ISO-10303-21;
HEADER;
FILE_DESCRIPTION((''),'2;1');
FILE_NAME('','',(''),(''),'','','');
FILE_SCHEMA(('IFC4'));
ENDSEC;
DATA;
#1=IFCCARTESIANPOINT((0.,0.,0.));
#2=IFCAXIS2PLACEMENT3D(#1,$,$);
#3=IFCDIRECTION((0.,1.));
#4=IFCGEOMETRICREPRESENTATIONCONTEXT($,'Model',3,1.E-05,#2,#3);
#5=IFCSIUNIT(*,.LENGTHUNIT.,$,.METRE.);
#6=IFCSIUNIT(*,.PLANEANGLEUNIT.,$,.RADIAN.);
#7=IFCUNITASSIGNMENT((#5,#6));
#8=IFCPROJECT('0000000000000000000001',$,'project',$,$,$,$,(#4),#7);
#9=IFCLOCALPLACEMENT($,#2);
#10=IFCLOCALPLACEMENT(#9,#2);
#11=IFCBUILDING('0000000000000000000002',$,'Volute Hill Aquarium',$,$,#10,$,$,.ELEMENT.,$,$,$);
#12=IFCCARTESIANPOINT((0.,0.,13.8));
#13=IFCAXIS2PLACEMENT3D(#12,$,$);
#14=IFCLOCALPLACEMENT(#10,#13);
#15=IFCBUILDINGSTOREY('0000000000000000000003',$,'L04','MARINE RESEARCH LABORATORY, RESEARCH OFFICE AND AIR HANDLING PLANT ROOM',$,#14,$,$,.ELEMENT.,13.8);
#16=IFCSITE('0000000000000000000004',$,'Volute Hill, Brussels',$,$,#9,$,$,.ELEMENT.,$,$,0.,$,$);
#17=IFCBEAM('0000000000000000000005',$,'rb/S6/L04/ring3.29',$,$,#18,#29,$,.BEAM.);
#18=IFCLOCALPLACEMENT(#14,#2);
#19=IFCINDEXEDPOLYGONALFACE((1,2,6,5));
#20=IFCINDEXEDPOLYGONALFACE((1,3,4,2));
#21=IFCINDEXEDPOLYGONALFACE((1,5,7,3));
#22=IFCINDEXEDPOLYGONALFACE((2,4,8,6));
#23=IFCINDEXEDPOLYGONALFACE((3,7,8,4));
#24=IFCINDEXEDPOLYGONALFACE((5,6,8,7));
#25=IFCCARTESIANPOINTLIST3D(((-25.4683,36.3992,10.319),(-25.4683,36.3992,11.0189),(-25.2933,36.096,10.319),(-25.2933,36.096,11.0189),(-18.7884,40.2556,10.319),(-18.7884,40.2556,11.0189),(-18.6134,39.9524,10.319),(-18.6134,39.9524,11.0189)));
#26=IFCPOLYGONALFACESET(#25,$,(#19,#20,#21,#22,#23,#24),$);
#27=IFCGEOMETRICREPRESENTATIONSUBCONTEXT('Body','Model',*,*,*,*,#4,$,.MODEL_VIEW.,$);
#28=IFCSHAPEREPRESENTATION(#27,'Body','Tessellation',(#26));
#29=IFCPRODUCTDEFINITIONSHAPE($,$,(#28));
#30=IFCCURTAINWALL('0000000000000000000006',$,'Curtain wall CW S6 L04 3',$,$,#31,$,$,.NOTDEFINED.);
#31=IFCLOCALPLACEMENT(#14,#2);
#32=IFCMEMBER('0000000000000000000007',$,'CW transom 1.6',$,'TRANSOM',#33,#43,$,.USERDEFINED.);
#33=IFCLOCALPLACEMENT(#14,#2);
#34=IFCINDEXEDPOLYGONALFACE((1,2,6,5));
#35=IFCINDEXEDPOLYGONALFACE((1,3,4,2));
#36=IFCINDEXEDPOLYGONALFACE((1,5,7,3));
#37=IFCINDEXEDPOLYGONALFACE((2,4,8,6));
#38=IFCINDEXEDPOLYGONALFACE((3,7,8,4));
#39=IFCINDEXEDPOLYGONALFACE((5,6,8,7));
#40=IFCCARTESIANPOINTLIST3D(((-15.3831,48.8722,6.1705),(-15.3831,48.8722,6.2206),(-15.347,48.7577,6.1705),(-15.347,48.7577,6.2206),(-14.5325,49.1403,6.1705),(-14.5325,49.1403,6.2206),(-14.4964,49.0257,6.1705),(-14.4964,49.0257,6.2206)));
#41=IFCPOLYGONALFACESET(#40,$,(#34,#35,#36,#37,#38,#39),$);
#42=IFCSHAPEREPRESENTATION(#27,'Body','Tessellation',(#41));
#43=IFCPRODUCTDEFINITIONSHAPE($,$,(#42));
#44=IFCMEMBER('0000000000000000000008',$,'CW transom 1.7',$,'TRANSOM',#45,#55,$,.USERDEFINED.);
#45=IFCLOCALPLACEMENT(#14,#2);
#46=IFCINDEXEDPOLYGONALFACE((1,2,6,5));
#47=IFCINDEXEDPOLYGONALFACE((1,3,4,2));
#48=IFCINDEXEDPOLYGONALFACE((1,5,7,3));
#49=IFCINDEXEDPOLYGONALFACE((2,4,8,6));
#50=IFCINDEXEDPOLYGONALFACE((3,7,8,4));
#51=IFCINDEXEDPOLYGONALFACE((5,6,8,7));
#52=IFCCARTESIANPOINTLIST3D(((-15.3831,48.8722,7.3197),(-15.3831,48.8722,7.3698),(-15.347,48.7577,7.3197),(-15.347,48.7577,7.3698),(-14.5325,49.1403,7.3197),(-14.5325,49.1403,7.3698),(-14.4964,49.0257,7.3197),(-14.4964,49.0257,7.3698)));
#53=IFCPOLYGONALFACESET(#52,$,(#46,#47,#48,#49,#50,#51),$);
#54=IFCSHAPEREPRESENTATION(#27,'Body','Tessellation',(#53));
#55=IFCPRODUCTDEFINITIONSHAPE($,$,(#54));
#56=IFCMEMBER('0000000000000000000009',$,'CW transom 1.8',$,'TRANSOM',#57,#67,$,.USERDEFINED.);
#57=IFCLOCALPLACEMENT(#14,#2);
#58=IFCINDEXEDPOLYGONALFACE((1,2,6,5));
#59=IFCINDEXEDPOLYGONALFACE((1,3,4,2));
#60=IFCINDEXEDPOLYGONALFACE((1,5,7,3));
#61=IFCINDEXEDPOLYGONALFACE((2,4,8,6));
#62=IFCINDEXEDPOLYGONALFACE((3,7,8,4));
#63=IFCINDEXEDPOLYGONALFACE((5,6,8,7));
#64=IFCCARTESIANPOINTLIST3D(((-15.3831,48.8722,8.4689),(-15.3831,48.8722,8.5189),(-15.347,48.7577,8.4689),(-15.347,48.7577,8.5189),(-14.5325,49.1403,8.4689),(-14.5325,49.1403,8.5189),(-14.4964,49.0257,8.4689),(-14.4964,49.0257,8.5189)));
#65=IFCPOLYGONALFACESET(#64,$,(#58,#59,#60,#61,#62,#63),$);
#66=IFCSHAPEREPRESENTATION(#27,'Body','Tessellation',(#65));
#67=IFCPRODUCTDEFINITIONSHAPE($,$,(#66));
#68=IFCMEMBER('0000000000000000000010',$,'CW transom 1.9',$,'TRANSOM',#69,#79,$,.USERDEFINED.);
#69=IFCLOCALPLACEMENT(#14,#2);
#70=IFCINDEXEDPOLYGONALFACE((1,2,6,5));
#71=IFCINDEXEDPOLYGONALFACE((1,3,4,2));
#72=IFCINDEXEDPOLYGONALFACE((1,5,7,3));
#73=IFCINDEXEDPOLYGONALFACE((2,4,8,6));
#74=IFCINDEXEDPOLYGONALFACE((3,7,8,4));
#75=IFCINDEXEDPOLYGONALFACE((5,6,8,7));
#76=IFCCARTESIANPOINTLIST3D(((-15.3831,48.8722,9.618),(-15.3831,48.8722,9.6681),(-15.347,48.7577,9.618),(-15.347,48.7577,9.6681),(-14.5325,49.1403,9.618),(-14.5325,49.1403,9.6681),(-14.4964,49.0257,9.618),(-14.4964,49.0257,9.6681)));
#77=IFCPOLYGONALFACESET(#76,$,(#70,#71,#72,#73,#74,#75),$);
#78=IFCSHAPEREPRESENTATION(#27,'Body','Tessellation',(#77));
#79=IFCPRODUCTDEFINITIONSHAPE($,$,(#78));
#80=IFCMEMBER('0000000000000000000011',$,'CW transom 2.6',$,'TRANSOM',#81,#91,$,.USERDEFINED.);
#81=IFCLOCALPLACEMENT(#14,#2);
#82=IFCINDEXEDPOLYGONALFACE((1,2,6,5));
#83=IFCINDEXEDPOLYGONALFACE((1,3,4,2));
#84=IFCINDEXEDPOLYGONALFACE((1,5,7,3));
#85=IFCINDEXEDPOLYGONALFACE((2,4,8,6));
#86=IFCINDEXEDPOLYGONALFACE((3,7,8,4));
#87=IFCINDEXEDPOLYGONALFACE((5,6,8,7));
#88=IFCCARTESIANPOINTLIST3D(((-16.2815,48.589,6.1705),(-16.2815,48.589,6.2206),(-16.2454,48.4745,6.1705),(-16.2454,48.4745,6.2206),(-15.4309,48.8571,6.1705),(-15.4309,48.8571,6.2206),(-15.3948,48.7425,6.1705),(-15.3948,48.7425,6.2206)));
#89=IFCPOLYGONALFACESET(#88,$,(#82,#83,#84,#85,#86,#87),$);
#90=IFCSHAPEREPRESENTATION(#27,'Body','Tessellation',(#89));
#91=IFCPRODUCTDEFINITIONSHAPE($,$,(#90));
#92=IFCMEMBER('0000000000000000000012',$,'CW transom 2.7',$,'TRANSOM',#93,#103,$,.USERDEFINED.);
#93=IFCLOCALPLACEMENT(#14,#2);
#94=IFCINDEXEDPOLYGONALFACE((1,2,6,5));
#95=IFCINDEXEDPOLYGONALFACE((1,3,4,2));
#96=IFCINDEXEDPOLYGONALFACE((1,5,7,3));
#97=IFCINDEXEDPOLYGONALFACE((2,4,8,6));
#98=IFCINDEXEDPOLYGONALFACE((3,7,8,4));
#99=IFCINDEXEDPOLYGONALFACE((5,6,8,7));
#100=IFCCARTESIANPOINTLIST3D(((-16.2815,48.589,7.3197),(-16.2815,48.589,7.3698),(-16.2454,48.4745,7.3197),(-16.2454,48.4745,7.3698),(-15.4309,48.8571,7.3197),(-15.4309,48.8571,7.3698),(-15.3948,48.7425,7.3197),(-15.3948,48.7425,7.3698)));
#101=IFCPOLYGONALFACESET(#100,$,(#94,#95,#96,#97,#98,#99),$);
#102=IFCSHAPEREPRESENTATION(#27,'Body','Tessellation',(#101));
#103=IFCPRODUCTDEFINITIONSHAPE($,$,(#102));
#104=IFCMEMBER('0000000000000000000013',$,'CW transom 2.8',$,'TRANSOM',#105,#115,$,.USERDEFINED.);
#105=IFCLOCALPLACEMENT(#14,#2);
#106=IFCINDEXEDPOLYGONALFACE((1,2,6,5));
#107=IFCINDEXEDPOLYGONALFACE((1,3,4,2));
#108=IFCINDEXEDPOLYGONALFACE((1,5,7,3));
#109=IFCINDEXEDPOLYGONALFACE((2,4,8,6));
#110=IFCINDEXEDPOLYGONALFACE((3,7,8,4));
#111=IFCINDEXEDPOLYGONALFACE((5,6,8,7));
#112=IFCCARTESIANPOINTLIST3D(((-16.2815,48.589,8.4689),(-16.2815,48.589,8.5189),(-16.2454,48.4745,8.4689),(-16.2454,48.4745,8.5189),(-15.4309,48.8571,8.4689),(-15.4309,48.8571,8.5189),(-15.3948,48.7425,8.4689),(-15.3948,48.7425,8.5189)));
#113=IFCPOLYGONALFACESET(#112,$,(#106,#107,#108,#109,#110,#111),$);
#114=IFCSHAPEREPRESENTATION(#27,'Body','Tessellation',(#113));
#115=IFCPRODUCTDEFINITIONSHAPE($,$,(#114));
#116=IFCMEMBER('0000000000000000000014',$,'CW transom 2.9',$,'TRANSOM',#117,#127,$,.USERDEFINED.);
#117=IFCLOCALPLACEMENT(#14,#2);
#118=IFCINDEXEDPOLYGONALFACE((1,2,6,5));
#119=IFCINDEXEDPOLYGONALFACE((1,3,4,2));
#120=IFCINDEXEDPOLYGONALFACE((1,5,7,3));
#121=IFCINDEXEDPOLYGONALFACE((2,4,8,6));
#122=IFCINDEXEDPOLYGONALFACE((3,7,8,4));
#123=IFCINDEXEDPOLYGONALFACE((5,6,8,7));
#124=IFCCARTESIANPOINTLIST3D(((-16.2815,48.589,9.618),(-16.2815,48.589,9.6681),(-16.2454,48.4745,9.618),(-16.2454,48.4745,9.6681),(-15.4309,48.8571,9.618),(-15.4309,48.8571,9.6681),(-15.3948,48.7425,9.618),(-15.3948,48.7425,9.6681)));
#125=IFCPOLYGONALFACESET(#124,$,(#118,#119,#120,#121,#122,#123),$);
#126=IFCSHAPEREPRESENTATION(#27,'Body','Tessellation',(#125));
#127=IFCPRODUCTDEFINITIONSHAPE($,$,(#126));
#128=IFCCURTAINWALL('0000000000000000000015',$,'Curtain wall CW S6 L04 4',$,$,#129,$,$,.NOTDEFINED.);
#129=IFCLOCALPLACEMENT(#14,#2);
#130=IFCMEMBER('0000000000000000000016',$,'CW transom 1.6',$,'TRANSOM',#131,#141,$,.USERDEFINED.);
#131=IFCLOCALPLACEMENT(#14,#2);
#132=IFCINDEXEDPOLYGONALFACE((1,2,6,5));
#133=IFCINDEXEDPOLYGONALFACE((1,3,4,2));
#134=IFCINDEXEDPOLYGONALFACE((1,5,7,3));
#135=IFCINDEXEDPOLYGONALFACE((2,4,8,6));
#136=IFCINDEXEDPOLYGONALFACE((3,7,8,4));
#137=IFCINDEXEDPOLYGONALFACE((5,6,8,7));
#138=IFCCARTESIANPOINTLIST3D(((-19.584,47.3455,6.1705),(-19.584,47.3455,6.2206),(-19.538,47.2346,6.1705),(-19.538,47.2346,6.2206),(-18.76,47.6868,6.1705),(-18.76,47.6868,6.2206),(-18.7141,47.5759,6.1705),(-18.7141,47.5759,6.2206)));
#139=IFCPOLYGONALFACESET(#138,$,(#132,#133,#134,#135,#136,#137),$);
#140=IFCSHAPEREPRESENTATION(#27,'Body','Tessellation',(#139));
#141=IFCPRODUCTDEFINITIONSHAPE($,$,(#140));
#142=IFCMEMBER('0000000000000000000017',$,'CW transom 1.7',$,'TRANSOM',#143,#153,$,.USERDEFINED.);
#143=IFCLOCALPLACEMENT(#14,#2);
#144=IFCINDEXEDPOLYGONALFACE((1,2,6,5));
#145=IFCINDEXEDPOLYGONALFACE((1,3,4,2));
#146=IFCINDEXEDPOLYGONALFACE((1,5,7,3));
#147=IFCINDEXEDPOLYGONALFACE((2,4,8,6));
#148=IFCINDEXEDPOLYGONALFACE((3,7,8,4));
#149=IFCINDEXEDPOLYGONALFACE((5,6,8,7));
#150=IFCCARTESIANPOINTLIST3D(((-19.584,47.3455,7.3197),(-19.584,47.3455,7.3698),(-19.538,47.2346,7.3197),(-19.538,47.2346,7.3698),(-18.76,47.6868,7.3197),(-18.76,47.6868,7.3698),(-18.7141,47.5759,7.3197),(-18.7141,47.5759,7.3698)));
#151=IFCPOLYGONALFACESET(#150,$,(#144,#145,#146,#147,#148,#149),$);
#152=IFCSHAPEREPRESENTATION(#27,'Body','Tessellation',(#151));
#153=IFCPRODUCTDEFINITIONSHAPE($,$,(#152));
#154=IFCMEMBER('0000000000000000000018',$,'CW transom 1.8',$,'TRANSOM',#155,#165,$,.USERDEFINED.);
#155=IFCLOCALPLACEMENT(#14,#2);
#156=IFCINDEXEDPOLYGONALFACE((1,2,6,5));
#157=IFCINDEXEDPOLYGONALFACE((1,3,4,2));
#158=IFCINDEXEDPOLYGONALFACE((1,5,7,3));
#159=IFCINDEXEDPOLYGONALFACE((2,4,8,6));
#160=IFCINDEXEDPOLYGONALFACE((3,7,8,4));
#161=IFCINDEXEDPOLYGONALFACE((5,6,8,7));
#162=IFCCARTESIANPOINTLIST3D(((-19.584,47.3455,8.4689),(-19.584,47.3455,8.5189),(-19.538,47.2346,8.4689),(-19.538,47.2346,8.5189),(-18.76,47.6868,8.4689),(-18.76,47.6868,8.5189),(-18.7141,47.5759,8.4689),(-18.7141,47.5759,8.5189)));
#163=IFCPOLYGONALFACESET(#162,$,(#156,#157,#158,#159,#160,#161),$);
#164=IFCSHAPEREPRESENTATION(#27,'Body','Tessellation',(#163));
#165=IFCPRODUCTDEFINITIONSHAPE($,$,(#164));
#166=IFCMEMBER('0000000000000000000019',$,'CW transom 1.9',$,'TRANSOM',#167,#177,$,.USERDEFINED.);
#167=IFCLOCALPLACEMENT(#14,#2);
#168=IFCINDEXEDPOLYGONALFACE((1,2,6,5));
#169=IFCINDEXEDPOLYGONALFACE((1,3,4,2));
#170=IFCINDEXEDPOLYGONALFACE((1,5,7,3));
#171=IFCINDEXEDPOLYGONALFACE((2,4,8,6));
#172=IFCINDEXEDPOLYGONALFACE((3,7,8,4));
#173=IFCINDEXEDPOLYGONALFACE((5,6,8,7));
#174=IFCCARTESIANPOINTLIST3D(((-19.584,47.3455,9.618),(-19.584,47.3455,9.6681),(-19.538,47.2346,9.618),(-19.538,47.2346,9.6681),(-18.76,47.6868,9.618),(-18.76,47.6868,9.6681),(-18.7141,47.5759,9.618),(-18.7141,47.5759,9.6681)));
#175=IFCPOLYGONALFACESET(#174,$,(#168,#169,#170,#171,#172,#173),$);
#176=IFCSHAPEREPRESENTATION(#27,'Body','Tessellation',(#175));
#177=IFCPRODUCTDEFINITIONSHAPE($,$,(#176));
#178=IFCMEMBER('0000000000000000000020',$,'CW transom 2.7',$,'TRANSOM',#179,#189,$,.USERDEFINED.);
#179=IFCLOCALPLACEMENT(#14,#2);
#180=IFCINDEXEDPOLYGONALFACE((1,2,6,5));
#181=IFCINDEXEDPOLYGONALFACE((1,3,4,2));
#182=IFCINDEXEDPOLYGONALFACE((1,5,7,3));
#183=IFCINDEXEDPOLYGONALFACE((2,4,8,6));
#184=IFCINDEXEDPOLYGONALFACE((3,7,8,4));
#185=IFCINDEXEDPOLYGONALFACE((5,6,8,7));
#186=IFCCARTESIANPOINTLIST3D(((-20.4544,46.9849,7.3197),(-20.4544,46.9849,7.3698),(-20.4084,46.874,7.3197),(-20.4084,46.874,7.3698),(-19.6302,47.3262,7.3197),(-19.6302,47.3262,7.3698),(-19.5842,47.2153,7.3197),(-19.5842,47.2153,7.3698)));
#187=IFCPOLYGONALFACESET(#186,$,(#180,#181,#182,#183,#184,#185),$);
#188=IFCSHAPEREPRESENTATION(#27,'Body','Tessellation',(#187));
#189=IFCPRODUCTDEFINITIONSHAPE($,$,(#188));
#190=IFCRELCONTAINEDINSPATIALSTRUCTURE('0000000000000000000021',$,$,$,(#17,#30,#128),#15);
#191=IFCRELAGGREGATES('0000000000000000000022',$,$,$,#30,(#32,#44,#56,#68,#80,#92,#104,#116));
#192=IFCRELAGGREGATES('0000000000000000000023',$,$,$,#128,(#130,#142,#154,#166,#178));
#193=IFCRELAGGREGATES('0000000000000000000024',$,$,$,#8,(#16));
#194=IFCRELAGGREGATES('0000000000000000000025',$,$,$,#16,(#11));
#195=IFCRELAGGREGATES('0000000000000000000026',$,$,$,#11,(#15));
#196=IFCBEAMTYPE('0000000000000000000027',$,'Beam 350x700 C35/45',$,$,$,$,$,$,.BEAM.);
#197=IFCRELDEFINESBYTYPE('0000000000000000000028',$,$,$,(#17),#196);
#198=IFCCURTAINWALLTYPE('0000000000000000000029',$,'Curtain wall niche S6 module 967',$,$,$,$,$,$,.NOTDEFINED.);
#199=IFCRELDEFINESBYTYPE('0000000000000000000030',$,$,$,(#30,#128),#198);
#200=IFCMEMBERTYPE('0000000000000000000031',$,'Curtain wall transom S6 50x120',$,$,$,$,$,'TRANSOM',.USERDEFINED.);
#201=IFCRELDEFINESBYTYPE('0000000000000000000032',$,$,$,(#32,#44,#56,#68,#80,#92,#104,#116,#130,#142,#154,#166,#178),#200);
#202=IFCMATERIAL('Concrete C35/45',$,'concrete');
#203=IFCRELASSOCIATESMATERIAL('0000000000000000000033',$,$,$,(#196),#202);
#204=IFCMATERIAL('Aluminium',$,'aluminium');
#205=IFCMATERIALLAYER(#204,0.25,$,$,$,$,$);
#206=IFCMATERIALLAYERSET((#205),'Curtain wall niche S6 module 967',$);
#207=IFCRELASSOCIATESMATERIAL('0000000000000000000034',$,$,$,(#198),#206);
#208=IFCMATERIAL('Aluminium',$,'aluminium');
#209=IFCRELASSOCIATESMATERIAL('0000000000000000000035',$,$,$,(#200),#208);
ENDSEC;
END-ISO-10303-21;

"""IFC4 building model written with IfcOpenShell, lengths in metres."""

from ifc_helpers import new_model, si_unit, direction, frame, origin, origin_2d, place, context, subcontext, project, spatial, rectangle, extrude, material, layer, layer_set, material_profile, profile_set, type_object, element, aggregate, save


model = new_model("IFC4")

# Units and contexts
model_context = context("Model", 3, precision=1e-05, world=origin(), true_north=direction((0.0, 1.0)))
body_context = subcontext(model_context, "Body", "Model", "MODEL_VIEW")
ifc_project = project(units=[si_unit("LENGTHUNIT", "METRE"), si_unit("PLANEANGLEUNIT", "RADIAN")], contexts=[model_context])

# Site, building, storey
site_placement = place(None, origin())
site = spatial("IfcSite", under=ifc_project, at=site_placement, Name="Volute Hill, Brussels", CompositionType="ELEMENT", RefElevation=0.0)
building_placement = place(site_placement, origin())
building = spatial("IfcBuilding", under=site, at=building_placement, Name="Volute Hill Aquarium", CompositionType="ELEMENT")
storey_placement = place(building_placement, frame((0.0, 0.0, 13.8)))
storey = spatial("IfcBuildingStorey", under=building, at=storey_placement, Name="L04", Description="MARINE RESEARCH LABORATORY, RESEARCH OFFICE AND AIR HANDLING PLANT ROOM", CompositionType="ELEMENT", Elevation=13.8)

# Beam
ifc_material_1 = material(Name="Concrete C35/45", Category="concrete")
ifc_material_profile_1 = material_profile(ifc_material_1, rectangle(XDim=0.3501, YDim=0.7, at=origin_2d()), Name="RC beam 350x700")
ifc_profile_set_1 = profile_set([ifc_material_profile_1], Name="Concrete C35/45")
beam_type_1 = type_object("IfcBeamType", Name="Beam 350x700 C35/45", PredefinedType="BEAM", material=ifc_profile_set_1)
beam_1_placement = place(storey_placement, frame((-18.7009, 40.104, 10.6689), z_axis=(-0.866037, -0.499979, 0.0), x_axis=(0.499979, -0.866037, 0.0)))
element("IfcBeam", 1, at=beam_1_placement, inside=storey, type_object=beam_type_1, Name="rb/S6/L04/ring3.29", PredefinedType="BEAM", context=body_context, shape_type="SweptSolid", body=[
    extrude(rectangle(XDim=0.3501, YDim=0.7, at=origin_2d()), origin(), (0.0, 0.0, 1.0), 7.7131),
])

# Curtain walls, members
ifc_material_2 = material(Name="Aluminium", Category="aluminium")
ifc_layer_1 = layer(ifc_material_2, 0.25)
ifc_layer_set_1 = layer_set([ifc_layer_1], Name="Curtain wall niche S6 module 967")
curtain_wall_type = type_object("IfcCurtainWallType", Name="Curtain wall niche S6 module 967", PredefinedType="NOTDEFINED", material=ifc_layer_set_1)
curtain_wall_1_placement = place(storey_placement, origin())
curtain_wall_1 = element("IfcCurtainWall", 2, at=curtain_wall_1_placement, inside=storey, type_object=curtain_wall_type, Name="Curtain wall CW S6 L04 3", PredefinedType="NOTDEFINED")
ifc_material_3 = material(Name="Aluminium", Category="aluminium")
ifc_material_profile_2 = material_profile(ifc_material_3, rectangle(XDim=0.1201, YDim=0.05, at=origin_2d()), Name="Curtain wall transom S6 50x120")
ifc_profile_set_2 = profile_set([ifc_material_profile_2], Name="Aluminium")
member_type = type_object("IfcMemberType", Name="Curtain wall transom S6 50x120", ElementType="TRANSOM", PredefinedType="USERDEFINED", material=ifc_profile_set_2)
member_1_placement = place(storey_placement, frame((-14.5144, 49.083, 6.1956), z_axis=(-0.953756, -0.300581, 0.0), x_axis=(0.300581, -0.953756, 0.0)))
member_1 = element("IfcMember", 3, at=member_1_placement, type_object=member_type, Name="CW transom 1.6", ObjectType="TRANSOM", PredefinedType="USERDEFINED", context=body_context, shape_type="SweptSolid", body=[
    extrude(rectangle(XDim=0.1201, YDim=0.05, at=origin_2d()), origin(), (0.0, 0.0, 1.0), 0.8918),
])
member_2_placement = place(storey_placement, frame((-14.5144, 49.083, 7.3447), z_axis=(-0.953756, -0.300581, 0.0), x_axis=(0.300581, -0.953756, 0.0)))
member_2 = element("IfcMember", 4, at=member_2_placement, type_object=member_type, Name="CW transom 1.7", ObjectType="TRANSOM", PredefinedType="USERDEFINED", context=body_context, shape_type="SweptSolid", body=[
    extrude(rectangle(XDim=0.1201, YDim=0.05, at=origin_2d()), origin(), (0.0, 0.0, 1.0), 0.8918),
])
member_3_placement = place(storey_placement, frame((-14.5144, 49.083, 8.4939), z_axis=(-0.953756, -0.300581, 0.0), x_axis=(0.300581, -0.953756, 0.0)))
member_3 = element("IfcMember", 5, at=member_3_placement, type_object=member_type, Name="CW transom 1.8", ObjectType="TRANSOM", PredefinedType="USERDEFINED", context=body_context, shape_type="SweptSolid", body=[
    extrude(rectangle(XDim=0.1201, YDim=0.05, at=origin_2d()), origin(), (0.0, 0.0, 1.0), 0.8918),
])
member_4_placement = place(storey_placement, frame((-14.5144, 49.083, 9.6431), z_axis=(-0.953756, -0.300581, 0.0), x_axis=(0.300581, -0.953756, 0.0)))
member_4 = element("IfcMember", 6, at=member_4_placement, type_object=member_type, Name="CW transom 1.9", ObjectType="TRANSOM", PredefinedType="USERDEFINED", context=body_context, shape_type="SweptSolid", body=[
    extrude(rectangle(XDim=0.1201, YDim=0.05, at=origin_2d()), origin(), (0.0, 0.0, 1.0), 0.8918),
])
member_5_placement = place(storey_placement, frame((-15.4128, 48.7998, 6.1956), z_axis=(-0.953756, -0.300581, 0.0), x_axis=(0.300581, -0.953756, 0.0)))
member_5 = element("IfcMember", 7, at=member_5_placement, type_object=member_type, Name="CW transom 2.6", ObjectType="TRANSOM", PredefinedType="USERDEFINED", context=body_context, shape_type="SweptSolid", body=[
    extrude(rectangle(XDim=0.1201, YDim=0.05, at=origin_2d()), origin(), (0.0, 0.0, 1.0), 0.8918),
])
member_6_placement = place(storey_placement, frame((-15.4128, 48.7998, 7.3447), z_axis=(-0.953756, -0.300581, 0.0), x_axis=(0.300581, -0.953756, 0.0)))
member_6 = element("IfcMember", 8, at=member_6_placement, type_object=member_type, Name="CW transom 2.7", ObjectType="TRANSOM", PredefinedType="USERDEFINED", context=body_context, shape_type="SweptSolid", body=[
    extrude(rectangle(XDim=0.1201, YDim=0.05, at=origin_2d()), origin(), (0.0, 0.0, 1.0), 0.8918),
])
member_7_placement = place(storey_placement, frame((-15.4128, 48.7998, 8.4939), z_axis=(-0.953756, -0.300581, 0.0), x_axis=(0.300581, -0.953756, 0.0)))
member_7 = element("IfcMember", 9, at=member_7_placement, type_object=member_type, Name="CW transom 2.8", ObjectType="TRANSOM", PredefinedType="USERDEFINED", context=body_context, shape_type="SweptSolid", body=[
    extrude(rectangle(XDim=0.1201, YDim=0.05, at=origin_2d()), origin(), (0.0, 0.0, 1.0), 0.8918),
])
member_8_placement = place(storey_placement, frame((-15.4128, 48.7998, 9.6431), z_axis=(-0.953756, -0.300581, 0.0), x_axis=(0.300581, -0.953756, 0.0)))
member_8 = element("IfcMember", 10, at=member_8_placement, type_object=member_type, Name="CW transom 2.9", ObjectType="TRANSOM", PredefinedType="USERDEFINED", context=body_context, shape_type="SweptSolid", body=[
    extrude(rectangle(XDim=0.1201, YDim=0.05, at=origin_2d()), origin(), (0.0, 0.0, 1.0), 0.8918),
])
curtain_wall_2_placement = place(storey_placement, origin())
curtain_wall_2 = element("IfcCurtainWall", 11, at=curtain_wall_2_placement, inside=storey, type_object=curtain_wall_type, Name="Curtain wall CW S6 L04 4", PredefinedType="NOTDEFINED")
member_9_placement = place(storey_placement, frame((-18.7371, 47.6313, 6.1956), z_axis=(-0.923877, -0.38269, 0.0), x_axis=(0.38269, -0.923877, 0.0)))
member_9 = element("IfcMember", 12, at=member_9_placement, type_object=member_type, Name="CW transom 1.6", ObjectType="TRANSOM", PredefinedType="USERDEFINED", context=body_context, shape_type="SweptSolid", body=[
    extrude(rectangle(XDim=0.1201, YDim=0.05, at=origin_2d()), origin(), (0.0, 0.0, 1.0), 0.8918),
])
member_10_placement = place(storey_placement, frame((-18.7371, 47.6313, 7.3447), z_axis=(-0.923877, -0.38269, 0.0), x_axis=(0.38269, -0.923877, 0.0)))
member_10 = element("IfcMember", 13, at=member_10_placement, type_object=member_type, Name="CW transom 1.7", ObjectType="TRANSOM", PredefinedType="USERDEFINED", context=body_context, shape_type="SweptSolid", body=[
    extrude(rectangle(XDim=0.1201, YDim=0.05, at=origin_2d()), origin(), (0.0, 0.0, 1.0), 0.8918),
])
member_11_placement = place(storey_placement, frame((-18.7371, 47.6313, 8.4939), z_axis=(-0.923877, -0.38269, 0.0), x_axis=(0.38269, -0.923877, 0.0)))
member_11 = element("IfcMember", 14, at=member_11_placement, type_object=member_type, Name="CW transom 1.8", ObjectType="TRANSOM", PredefinedType="USERDEFINED", context=body_context, shape_type="SweptSolid", body=[
    extrude(rectangle(XDim=0.1201, YDim=0.05, at=origin_2d()), origin(), (0.0, 0.0, 1.0), 0.8918),
])
member_12_placement = place(storey_placement, frame((-18.7371, 47.6313, 9.6431), z_axis=(-0.923877, -0.38269, 0.0), x_axis=(0.38269, -0.923877, 0.0)))
member_12 = element("IfcMember", 15, at=member_12_placement, type_object=member_type, Name="CW transom 1.9", ObjectType="TRANSOM", PredefinedType="USERDEFINED", context=body_context, shape_type="SweptSolid", body=[
    extrude(rectangle(XDim=0.1201, YDim=0.05, at=origin_2d()), origin(), (0.0, 0.0, 1.0), 0.8918),
])
member_13_placement = place(storey_placement, frame((-19.6072, 47.2708, 7.3447), z_axis=(-0.923917, -0.382594, 0.0), x_axis=(0.382594, -0.923917, 0.0)))
member_13 = element("IfcMember", 16, at=member_13_placement, type_object=member_type, Name="CW transom 2.7", ObjectType="TRANSOM", PredefinedType="USERDEFINED", context=body_context, shape_type="SweptSolid", body=[
    extrude(rectangle(XDim=0.1201, YDim=0.05, at=origin_2d()), origin(), (0.0, 0.0, 1.0), 0.8921),
])

aggregate(curtain_wall_1, [member_1, member_2, member_3, member_4, member_5, member_6, member_7, member_8])
aggregate(curtain_wall_2, [member_9, member_10, member_11, member_12, member_13])

save(model, "model.ifc")
